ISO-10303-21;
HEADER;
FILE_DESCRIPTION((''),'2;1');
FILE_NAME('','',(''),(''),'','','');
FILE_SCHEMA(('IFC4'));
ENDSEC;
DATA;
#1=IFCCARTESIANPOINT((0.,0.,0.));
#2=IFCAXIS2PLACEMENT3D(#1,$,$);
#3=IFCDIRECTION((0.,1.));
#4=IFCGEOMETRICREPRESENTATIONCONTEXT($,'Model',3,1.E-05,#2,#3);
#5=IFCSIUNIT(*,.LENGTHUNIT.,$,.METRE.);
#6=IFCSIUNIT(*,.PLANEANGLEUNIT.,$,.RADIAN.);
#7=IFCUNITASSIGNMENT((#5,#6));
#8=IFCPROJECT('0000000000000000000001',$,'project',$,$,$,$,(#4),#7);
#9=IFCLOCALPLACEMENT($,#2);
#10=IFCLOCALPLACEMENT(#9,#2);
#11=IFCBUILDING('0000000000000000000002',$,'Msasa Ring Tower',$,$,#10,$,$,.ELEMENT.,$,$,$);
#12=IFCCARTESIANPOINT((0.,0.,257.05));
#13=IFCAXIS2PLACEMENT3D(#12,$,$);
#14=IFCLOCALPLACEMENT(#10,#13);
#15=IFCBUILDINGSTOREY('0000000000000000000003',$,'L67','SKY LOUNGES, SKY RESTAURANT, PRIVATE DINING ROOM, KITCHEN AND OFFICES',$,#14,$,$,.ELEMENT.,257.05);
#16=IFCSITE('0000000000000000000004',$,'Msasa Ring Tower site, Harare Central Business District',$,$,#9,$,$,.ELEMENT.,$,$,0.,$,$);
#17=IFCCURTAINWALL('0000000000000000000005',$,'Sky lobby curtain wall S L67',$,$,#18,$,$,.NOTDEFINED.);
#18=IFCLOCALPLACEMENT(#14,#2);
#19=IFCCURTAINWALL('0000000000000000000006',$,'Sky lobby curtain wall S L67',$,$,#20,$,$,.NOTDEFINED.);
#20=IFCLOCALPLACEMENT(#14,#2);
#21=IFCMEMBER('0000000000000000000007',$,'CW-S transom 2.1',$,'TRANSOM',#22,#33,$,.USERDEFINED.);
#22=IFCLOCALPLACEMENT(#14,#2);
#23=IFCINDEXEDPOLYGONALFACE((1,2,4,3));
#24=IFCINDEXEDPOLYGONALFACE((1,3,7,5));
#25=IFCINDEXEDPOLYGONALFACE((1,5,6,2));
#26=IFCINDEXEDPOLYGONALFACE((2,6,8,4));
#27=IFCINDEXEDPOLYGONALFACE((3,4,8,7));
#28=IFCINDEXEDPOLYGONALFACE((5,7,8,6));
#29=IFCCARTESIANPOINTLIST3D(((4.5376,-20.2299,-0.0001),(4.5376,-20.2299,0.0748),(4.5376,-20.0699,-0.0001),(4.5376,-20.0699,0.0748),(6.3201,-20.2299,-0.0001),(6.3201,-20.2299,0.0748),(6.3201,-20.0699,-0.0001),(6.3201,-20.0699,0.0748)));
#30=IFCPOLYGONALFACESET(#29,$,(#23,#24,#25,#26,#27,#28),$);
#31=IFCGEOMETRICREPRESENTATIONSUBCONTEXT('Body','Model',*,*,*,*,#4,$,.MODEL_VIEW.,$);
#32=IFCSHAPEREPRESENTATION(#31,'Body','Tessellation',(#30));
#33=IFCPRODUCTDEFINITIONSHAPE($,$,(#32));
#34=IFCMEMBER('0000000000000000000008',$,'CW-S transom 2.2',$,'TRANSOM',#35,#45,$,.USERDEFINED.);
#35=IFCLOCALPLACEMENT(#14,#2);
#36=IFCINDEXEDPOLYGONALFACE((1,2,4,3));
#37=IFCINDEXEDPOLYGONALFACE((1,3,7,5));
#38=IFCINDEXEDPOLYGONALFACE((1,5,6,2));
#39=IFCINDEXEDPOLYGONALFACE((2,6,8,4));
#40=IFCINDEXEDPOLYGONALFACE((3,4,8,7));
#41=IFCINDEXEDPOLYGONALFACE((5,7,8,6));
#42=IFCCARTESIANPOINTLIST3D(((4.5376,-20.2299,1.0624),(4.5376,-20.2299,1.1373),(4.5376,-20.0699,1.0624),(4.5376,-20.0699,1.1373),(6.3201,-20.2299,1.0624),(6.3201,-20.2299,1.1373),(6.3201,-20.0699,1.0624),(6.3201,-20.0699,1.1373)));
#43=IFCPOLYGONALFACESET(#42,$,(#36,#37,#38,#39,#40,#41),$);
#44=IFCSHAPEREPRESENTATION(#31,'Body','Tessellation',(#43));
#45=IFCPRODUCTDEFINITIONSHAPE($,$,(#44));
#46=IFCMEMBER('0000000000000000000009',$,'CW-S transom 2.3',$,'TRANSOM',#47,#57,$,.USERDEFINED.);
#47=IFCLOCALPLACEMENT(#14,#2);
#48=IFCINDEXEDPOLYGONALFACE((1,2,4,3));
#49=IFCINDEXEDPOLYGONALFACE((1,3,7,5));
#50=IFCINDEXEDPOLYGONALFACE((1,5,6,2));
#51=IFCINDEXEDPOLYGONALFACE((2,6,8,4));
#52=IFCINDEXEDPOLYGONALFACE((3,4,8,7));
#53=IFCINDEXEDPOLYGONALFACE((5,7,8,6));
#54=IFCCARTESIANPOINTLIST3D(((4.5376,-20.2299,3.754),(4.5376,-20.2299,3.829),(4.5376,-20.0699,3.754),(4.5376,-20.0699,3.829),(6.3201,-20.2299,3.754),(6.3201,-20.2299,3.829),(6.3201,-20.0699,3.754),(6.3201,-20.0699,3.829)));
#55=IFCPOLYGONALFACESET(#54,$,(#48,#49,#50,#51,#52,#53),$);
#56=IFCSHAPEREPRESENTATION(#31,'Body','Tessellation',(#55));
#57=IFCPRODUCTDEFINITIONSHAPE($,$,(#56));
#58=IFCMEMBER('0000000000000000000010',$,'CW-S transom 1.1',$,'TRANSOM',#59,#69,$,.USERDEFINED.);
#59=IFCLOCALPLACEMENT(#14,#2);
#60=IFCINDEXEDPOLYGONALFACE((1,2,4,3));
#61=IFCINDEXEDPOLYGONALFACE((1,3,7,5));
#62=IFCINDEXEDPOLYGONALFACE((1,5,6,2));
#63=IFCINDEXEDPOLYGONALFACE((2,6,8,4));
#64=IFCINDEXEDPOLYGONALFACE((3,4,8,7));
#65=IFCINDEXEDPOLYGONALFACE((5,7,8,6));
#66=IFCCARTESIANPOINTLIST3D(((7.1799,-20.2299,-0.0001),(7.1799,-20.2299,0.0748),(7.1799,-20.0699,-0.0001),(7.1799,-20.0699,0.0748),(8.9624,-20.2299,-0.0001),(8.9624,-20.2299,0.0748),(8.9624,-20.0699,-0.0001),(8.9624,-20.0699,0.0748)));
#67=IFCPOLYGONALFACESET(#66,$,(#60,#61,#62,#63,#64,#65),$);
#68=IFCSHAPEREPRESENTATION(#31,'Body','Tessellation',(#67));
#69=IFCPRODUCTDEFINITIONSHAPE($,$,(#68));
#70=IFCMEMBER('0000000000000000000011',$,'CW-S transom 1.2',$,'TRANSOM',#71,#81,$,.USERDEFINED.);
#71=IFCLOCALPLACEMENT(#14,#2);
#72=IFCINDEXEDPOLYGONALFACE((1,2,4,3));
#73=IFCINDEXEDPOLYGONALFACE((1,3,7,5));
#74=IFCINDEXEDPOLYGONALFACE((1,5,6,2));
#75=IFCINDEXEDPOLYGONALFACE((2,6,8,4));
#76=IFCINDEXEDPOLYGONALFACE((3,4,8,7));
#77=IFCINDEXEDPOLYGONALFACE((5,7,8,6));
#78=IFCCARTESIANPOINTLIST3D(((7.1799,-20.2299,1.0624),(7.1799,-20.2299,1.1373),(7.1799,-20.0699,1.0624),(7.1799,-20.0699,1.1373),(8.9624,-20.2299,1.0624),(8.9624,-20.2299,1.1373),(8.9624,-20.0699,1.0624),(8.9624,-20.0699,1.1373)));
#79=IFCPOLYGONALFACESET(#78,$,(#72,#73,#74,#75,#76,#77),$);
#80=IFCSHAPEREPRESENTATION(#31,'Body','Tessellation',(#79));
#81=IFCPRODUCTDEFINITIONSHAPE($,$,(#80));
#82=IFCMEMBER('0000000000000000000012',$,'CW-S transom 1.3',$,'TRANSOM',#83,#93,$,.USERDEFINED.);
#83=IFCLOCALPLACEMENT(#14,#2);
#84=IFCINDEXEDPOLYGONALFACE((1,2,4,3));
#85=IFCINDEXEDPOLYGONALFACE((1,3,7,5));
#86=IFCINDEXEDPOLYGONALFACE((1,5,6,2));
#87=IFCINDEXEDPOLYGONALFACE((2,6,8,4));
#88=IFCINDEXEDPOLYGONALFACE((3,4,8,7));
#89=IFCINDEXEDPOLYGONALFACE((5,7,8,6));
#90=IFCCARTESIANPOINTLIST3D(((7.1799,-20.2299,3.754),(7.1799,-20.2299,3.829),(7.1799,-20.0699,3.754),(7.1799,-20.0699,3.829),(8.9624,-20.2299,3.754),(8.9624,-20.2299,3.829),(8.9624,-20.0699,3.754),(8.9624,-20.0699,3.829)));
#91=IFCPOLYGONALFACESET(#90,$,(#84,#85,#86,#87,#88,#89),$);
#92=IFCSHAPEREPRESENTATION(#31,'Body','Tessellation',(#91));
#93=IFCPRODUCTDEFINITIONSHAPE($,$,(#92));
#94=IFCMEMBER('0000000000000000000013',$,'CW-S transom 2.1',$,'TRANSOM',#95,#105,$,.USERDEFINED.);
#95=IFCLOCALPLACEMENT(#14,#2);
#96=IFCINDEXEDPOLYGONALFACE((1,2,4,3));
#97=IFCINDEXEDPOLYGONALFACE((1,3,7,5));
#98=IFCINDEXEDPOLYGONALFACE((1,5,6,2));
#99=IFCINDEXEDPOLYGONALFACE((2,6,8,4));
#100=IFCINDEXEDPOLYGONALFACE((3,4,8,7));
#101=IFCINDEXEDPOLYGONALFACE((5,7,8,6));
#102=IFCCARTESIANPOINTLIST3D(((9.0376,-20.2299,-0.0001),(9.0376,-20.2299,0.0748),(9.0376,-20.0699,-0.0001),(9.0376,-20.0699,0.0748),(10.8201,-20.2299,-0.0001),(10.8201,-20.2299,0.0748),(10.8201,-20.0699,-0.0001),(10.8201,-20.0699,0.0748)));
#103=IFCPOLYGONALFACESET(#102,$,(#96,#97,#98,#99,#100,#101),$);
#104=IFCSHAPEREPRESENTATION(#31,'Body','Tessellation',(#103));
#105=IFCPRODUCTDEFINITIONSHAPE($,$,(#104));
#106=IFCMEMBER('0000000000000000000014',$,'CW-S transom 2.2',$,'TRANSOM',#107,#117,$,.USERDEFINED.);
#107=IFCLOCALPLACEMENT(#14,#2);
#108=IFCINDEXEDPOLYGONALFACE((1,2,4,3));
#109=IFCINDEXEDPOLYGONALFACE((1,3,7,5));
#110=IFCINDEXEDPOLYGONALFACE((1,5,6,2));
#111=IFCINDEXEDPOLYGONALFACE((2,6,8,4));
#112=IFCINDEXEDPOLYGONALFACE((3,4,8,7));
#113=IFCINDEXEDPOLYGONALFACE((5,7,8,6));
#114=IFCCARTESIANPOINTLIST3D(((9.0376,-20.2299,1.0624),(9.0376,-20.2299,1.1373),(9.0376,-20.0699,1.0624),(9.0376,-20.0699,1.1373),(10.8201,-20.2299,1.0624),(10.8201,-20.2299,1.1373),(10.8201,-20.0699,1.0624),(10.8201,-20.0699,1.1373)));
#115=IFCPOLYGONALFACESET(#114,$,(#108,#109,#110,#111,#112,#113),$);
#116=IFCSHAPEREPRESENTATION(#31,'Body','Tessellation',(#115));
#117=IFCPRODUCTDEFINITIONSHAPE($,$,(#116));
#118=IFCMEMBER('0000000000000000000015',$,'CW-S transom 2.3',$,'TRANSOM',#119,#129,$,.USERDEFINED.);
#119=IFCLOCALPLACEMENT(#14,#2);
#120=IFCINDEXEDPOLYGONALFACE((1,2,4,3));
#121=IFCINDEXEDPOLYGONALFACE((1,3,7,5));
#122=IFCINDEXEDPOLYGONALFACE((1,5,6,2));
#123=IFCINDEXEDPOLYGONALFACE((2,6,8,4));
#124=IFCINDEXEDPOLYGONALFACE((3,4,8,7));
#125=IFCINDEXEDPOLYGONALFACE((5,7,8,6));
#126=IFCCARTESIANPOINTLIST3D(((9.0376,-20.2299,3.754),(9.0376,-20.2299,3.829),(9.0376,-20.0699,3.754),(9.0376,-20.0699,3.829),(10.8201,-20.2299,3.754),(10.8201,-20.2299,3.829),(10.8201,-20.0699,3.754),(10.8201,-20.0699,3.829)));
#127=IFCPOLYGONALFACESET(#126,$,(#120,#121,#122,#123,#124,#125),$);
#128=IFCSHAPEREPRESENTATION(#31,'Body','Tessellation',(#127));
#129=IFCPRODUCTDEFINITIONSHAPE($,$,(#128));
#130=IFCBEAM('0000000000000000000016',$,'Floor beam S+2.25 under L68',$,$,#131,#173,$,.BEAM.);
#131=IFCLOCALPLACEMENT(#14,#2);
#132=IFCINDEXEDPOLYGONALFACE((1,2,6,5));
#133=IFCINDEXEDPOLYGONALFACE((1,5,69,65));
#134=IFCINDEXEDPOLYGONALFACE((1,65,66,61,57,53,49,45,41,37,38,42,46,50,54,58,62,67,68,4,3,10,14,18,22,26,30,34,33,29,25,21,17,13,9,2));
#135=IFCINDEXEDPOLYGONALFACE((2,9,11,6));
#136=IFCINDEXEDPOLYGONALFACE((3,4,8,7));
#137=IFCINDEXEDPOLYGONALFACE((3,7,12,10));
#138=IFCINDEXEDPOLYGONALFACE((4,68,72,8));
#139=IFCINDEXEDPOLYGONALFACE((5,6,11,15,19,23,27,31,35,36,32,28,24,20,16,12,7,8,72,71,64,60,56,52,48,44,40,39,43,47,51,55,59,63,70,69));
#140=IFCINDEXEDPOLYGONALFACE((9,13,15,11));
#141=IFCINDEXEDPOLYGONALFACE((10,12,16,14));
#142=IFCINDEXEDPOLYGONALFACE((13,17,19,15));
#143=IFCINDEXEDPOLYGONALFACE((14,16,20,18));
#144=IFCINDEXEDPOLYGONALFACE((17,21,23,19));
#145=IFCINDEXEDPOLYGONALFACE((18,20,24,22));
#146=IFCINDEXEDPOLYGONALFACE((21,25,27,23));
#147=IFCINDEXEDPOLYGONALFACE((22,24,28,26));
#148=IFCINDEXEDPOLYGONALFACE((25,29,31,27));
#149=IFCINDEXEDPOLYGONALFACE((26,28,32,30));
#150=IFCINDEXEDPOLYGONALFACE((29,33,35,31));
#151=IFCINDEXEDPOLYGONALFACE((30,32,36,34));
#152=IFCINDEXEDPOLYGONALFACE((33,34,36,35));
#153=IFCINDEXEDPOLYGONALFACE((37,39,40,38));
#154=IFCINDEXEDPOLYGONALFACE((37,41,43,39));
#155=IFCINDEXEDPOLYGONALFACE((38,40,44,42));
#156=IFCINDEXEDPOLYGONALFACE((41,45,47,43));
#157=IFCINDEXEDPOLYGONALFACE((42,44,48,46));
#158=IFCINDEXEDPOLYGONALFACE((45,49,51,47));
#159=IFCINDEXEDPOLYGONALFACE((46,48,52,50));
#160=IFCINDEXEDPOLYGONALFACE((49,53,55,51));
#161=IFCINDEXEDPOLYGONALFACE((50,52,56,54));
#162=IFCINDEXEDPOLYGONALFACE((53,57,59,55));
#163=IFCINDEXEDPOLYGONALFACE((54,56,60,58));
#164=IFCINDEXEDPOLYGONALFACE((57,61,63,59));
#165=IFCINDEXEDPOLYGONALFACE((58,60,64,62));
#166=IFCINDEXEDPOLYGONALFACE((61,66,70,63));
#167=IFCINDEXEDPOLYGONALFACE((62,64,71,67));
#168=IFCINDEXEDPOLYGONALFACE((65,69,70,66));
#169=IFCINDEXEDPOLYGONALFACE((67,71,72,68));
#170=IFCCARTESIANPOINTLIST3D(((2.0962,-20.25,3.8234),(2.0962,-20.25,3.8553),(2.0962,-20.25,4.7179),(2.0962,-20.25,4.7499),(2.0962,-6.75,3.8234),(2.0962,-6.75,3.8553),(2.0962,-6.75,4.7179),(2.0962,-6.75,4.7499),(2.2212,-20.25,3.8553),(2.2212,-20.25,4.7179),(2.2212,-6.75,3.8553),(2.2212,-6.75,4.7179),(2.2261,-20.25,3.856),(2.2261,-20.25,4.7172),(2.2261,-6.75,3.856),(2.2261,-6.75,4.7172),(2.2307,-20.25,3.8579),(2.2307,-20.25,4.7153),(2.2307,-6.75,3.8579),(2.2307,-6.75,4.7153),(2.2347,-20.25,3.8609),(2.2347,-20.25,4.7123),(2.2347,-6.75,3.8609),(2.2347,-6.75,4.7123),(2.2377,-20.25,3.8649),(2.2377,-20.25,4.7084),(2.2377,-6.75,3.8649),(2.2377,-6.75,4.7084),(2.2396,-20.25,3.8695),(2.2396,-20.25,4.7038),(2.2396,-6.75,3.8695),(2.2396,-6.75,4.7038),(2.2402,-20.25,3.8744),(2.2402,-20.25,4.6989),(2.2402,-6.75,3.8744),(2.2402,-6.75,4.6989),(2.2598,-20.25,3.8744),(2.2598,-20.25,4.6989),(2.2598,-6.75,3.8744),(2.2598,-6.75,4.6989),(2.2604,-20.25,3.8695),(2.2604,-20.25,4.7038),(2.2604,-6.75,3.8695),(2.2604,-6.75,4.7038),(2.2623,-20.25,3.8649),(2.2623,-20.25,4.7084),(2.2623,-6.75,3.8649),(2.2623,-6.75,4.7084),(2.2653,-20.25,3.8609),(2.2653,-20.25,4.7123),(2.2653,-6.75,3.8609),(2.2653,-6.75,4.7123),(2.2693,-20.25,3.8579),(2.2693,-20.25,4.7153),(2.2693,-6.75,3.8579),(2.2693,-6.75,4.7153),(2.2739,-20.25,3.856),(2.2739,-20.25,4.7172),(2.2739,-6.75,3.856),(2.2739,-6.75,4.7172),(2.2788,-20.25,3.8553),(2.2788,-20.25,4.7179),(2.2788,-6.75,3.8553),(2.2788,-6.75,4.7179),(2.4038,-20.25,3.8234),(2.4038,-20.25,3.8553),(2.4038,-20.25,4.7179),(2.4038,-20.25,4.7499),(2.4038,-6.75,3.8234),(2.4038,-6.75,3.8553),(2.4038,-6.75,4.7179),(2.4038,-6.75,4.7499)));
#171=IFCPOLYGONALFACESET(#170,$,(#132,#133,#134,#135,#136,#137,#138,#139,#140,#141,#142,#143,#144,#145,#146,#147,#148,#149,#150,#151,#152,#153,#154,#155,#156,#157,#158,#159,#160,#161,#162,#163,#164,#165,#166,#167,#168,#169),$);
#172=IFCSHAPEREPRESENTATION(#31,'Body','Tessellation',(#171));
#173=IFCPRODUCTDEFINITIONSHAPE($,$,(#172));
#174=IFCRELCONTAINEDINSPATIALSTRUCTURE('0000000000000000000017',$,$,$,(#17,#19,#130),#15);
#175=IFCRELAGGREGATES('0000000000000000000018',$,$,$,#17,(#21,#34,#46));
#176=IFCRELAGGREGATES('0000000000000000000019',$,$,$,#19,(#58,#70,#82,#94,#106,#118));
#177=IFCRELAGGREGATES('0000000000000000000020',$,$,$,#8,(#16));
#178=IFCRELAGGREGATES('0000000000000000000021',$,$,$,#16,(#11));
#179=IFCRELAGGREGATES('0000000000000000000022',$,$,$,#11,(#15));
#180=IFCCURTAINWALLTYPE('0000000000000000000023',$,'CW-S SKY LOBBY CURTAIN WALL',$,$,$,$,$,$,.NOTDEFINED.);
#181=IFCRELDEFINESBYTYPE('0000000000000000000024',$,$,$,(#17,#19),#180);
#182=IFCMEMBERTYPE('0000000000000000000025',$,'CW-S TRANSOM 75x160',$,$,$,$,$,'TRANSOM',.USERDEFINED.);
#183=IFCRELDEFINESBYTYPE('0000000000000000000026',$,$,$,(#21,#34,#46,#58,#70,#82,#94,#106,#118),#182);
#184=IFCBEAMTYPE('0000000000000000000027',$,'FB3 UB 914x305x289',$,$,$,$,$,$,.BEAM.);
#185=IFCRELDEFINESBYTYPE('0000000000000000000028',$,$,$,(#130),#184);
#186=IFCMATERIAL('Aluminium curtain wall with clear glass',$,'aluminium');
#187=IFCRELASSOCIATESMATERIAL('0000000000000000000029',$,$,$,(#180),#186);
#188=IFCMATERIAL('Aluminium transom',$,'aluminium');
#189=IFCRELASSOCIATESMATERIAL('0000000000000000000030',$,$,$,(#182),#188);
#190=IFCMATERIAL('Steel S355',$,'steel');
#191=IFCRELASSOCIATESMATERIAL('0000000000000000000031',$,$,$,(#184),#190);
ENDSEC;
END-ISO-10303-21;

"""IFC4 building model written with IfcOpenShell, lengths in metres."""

from ifc_helpers import new_model, si_unit, direction, frame, origin, origin_2d, place, context, subcontext, project, spatial, rectangle, i_section, extrude, material, material_profile, profile_set, type_object, element, aggregate, save


model = new_model("IFC4")

# Units and contexts
model_context = context("Model", 3, precision=1e-05, world=origin(), true_north=direction((0.0, 1.0)))
body_context = subcontext(model_context, "Body", "Model", "MODEL_VIEW")
ifc_project = project(units=[si_unit("LENGTHUNIT", "METRE"), si_unit("PLANEANGLEUNIT", "RADIAN")], contexts=[model_context])

# Site, building, storey
site_placement = place(None, origin())
site = spatial("IfcSite", under=ifc_project, at=site_placement, Name="Msasa Ring Tower site, Harare Central Business District", CompositionType="ELEMENT", RefElevation=0.0)
building_placement = place(site_placement, origin())
building = spatial("IfcBuilding", under=site, at=building_placement, Name="Msasa Ring Tower", CompositionType="ELEMENT")
storey_placement = place(building_placement, frame((0.0, 0.0, 257.05)))
storey = spatial("IfcBuildingStorey", under=building, at=storey_placement, Name="L67", Description="SKY LOUNGES, SKY RESTAURANT, PRIVATE DINING ROOM, KITCHEN AND OFFICES", CompositionType="ELEMENT", Elevation=257.05)

# Shared definitions
ifc_material_1 = material(Name="Aluminium curtain wall with clear glass", Category="aluminium")
curtain_wall_type = type_object("IfcCurtainWallType", Name="CW-S SKY LOBBY CURTAIN WALL", PredefinedType="NOTDEFINED", material=ifc_material_1)

# Curtain walls
curtain_wall_1_placement = place(storey_placement, origin())
curtain_wall_1 = element("IfcCurtainWall", 1, at=curtain_wall_1_placement, inside=storey, type_object=curtain_wall_type, Name="Sky lobby curtain wall S L67", PredefinedType="NOTDEFINED")
curtain_wall_2_placement = place(storey_placement, origin())
curtain_wall_2 = element("IfcCurtainWall", 2, at=curtain_wall_2_placement, inside=storey, type_object=curtain_wall_type, Name="Sky lobby curtain wall S L67", PredefinedType="NOTDEFINED")

# Members
ifc_material_2 = material(Name="Aluminium transom", Category="aluminium")
ifc_material_profile_1 = material_profile(ifc_material_2, rectangle(XDim=0.1599, YDim=0.075, at=origin_2d()), Name="AL 75x160")
ifc_profile_set_1 = profile_set([ifc_material_profile_1], Name="Aluminium transom")
member_type_1 = type_object("IfcMemberType", Name="CW-S TRANSOM 75x160", ElementType="TRANSOM", PredefinedType="USERDEFINED", material=ifc_profile_set_1)
member_1_placement = place(storey_placement, frame((4.5376, -20.1499, 0.0374), z_axis=(1.0, 0.0, 0.0), x_axis=(0.0, 1.0, 0.0)))
member_1 = element("IfcMember", 3, at=member_1_placement, type_object=member_type_1, Name="CW-S transom 2.1", ObjectType="TRANSOM", PredefinedType="USERDEFINED", context=body_context, shape_type="SweptSolid", body=[
    extrude(rectangle(XDim=0.1599, YDim=0.075, at=origin_2d()), origin(), (0.0, 0.0, 1.0), 1.7825),
])
member_2_placement = place(storey_placement, frame((4.5376, -20.1499, 1.0999), z_axis=(1.0, 0.0, 0.0), x_axis=(0.0, 1.0, 0.0)))
member_2 = element("IfcMember", 4, at=member_2_placement, type_object=member_type_1, Name="CW-S transom 2.2", ObjectType="TRANSOM", PredefinedType="USERDEFINED", context=body_context, shape_type="SweptSolid", body=[
    extrude(rectangle(XDim=0.1599, YDim=0.075, at=origin_2d()), origin(), (0.0, 0.0, 1.0), 1.7825),
])
member_3_placement = place(storey_placement, frame((4.5376, -20.1499, 3.7915), z_axis=(1.0, 0.0, 0.0), x_axis=(0.0, 1.0, 0.0)))
member_3 = element("IfcMember", 5, at=member_3_placement, type_object=member_type_1, Name="CW-S transom 2.3", ObjectType="TRANSOM", PredefinedType="USERDEFINED", context=body_context, shape_type="SweptSolid", body=[
    extrude(rectangle(XDim=0.1599, YDim=0.075, at=origin_2d()), origin(), (0.0, 0.0, 1.0), 1.7825),
])
member_4_placement = place(storey_placement, frame((7.1799, -20.1499, 0.0374), z_axis=(1.0, 0.0, 0.0), x_axis=(0.0, 1.0, 0.0)))
member_4 = element("IfcMember", 6, at=member_4_placement, type_object=member_type_1, Name="CW-S transom 1.1", ObjectType="TRANSOM", PredefinedType="USERDEFINED", context=body_context, shape_type="SweptSolid", body=[
    extrude(rectangle(XDim=0.1599, YDim=0.075, at=origin_2d()), origin(), (0.0, 0.0, 1.0), 1.7825),
])
member_5_placement = place(storey_placement, frame((7.1799, -20.1499, 1.0999), z_axis=(1.0, 0.0, 0.0), x_axis=(0.0, 1.0, 0.0)))
member_5 = element("IfcMember", 7, at=member_5_placement, type_object=member_type_1, Name="CW-S transom 1.2", ObjectType="TRANSOM", PredefinedType="USERDEFINED", context=body_context, shape_type="SweptSolid", body=[
    extrude(rectangle(XDim=0.1599, YDim=0.075, at=origin_2d()), origin(), (0.0, 0.0, 1.0), 1.7825),
])
member_6_placement = place(storey_placement, frame((7.1799, -20.1499, 3.7915), z_axis=(1.0, 0.0, 0.0), x_axis=(0.0, 1.0, 0.0)))
member_6 = element("IfcMember", 8, at=member_6_placement, type_object=member_type_1, Name="CW-S transom 1.3", ObjectType="TRANSOM", PredefinedType="USERDEFINED", context=body_context, shape_type="SweptSolid", body=[
    extrude(rectangle(XDim=0.1599, YDim=0.075, at=origin_2d()), origin(), (0.0, 0.0, 1.0), 1.7825),
])
member_7_placement = place(storey_placement, frame((9.0376, -20.1499, 0.0374), z_axis=(1.0, 0.0, 0.0), x_axis=(0.0, 1.0, 0.0)))
member_7 = element("IfcMember", 9, at=member_7_placement, type_object=member_type_1, Name="CW-S transom 2.1", ObjectType="TRANSOM", PredefinedType="USERDEFINED", context=body_context, shape_type="SweptSolid", body=[
    extrude(rectangle(XDim=0.1599, YDim=0.075, at=origin_2d()), origin(), (0.0, 0.0, 1.0), 1.7825),
])
member_8_placement = place(storey_placement, frame((9.0376, -20.1499, 1.0999), z_axis=(1.0, 0.0, 0.0), x_axis=(0.0, 1.0, 0.0)))
member_8 = element("IfcMember", 10, at=member_8_placement, type_object=member_type_1, Name="CW-S transom 2.2", ObjectType="TRANSOM", PredefinedType="USERDEFINED", context=body_context, shape_type="SweptSolid", body=[
    extrude(rectangle(XDim=0.1599, YDim=0.075, at=origin_2d()), origin(), (0.0, 0.0, 1.0), 1.7825),
])
member_9_placement = place(storey_placement, frame((9.0376, -20.1499, 3.7915), z_axis=(1.0, 0.0, 0.0), x_axis=(0.0, 1.0, 0.0)))
member_9 = element("IfcMember", 11, at=member_9_placement, type_object=member_type_1, Name="CW-S transom 2.3", ObjectType="TRANSOM", PredefinedType="USERDEFINED", context=body_context, shape_type="SweptSolid", body=[
    extrude(rectangle(XDim=0.1599, YDim=0.075, at=origin_2d()), origin(), (0.0, 0.0, 1.0), 1.7825),
])

# Beam
ifc_material_3 = material(Name="Steel S355", Category="steel")
ifc_material_profile_2 = material_profile(ifc_material_3, i_section(OverallWidth=0.3076, OverallDepth=0.9265, WebThickness=0.0195, FlangeThickness=0.032, FilletRadius=0.019, at=origin_2d()), Name="UB 914x305x289")
ifc_profile_set_2 = profile_set([ifc_material_profile_2], Name="Steel S355")
beam_type_1 = type_object("IfcBeamType", Name="FB3 UB 914x305x289", PredefinedType="BEAM", material=ifc_profile_set_2)
for number, where, z_axis, x_axis, name in (
    (12, (2.25, -20.25, 4.2866), (0.0, 1.0, 0.0), (-1.0, 0.0, 0.0), "Floor beam S+2.25 under L68"),
):
    element("IfcBeam", number, at=place(storey_placement, frame(where, z_axis=z_axis, x_axis=x_axis)), inside=storey, type_object=beam_type_1, Name=name, PredefinedType="BEAM", context=body_context, shape_type="SweptSolid", body=[
        extrude(i_section(OverallWidth=0.3076, OverallDepth=0.9265, WebThickness=0.0195, FlangeThickness=0.032, FilletRadius=0.019, at=origin_2d()), origin(), (0.0, 0.0, 1.0), 13.5),
    ])

aggregate(curtain_wall_1, [member_1, member_2, member_3])
aggregate(curtain_wall_2, [member_4, member_5, member_6, member_7, member_8, member_9])

save(model, "model.ifc")
